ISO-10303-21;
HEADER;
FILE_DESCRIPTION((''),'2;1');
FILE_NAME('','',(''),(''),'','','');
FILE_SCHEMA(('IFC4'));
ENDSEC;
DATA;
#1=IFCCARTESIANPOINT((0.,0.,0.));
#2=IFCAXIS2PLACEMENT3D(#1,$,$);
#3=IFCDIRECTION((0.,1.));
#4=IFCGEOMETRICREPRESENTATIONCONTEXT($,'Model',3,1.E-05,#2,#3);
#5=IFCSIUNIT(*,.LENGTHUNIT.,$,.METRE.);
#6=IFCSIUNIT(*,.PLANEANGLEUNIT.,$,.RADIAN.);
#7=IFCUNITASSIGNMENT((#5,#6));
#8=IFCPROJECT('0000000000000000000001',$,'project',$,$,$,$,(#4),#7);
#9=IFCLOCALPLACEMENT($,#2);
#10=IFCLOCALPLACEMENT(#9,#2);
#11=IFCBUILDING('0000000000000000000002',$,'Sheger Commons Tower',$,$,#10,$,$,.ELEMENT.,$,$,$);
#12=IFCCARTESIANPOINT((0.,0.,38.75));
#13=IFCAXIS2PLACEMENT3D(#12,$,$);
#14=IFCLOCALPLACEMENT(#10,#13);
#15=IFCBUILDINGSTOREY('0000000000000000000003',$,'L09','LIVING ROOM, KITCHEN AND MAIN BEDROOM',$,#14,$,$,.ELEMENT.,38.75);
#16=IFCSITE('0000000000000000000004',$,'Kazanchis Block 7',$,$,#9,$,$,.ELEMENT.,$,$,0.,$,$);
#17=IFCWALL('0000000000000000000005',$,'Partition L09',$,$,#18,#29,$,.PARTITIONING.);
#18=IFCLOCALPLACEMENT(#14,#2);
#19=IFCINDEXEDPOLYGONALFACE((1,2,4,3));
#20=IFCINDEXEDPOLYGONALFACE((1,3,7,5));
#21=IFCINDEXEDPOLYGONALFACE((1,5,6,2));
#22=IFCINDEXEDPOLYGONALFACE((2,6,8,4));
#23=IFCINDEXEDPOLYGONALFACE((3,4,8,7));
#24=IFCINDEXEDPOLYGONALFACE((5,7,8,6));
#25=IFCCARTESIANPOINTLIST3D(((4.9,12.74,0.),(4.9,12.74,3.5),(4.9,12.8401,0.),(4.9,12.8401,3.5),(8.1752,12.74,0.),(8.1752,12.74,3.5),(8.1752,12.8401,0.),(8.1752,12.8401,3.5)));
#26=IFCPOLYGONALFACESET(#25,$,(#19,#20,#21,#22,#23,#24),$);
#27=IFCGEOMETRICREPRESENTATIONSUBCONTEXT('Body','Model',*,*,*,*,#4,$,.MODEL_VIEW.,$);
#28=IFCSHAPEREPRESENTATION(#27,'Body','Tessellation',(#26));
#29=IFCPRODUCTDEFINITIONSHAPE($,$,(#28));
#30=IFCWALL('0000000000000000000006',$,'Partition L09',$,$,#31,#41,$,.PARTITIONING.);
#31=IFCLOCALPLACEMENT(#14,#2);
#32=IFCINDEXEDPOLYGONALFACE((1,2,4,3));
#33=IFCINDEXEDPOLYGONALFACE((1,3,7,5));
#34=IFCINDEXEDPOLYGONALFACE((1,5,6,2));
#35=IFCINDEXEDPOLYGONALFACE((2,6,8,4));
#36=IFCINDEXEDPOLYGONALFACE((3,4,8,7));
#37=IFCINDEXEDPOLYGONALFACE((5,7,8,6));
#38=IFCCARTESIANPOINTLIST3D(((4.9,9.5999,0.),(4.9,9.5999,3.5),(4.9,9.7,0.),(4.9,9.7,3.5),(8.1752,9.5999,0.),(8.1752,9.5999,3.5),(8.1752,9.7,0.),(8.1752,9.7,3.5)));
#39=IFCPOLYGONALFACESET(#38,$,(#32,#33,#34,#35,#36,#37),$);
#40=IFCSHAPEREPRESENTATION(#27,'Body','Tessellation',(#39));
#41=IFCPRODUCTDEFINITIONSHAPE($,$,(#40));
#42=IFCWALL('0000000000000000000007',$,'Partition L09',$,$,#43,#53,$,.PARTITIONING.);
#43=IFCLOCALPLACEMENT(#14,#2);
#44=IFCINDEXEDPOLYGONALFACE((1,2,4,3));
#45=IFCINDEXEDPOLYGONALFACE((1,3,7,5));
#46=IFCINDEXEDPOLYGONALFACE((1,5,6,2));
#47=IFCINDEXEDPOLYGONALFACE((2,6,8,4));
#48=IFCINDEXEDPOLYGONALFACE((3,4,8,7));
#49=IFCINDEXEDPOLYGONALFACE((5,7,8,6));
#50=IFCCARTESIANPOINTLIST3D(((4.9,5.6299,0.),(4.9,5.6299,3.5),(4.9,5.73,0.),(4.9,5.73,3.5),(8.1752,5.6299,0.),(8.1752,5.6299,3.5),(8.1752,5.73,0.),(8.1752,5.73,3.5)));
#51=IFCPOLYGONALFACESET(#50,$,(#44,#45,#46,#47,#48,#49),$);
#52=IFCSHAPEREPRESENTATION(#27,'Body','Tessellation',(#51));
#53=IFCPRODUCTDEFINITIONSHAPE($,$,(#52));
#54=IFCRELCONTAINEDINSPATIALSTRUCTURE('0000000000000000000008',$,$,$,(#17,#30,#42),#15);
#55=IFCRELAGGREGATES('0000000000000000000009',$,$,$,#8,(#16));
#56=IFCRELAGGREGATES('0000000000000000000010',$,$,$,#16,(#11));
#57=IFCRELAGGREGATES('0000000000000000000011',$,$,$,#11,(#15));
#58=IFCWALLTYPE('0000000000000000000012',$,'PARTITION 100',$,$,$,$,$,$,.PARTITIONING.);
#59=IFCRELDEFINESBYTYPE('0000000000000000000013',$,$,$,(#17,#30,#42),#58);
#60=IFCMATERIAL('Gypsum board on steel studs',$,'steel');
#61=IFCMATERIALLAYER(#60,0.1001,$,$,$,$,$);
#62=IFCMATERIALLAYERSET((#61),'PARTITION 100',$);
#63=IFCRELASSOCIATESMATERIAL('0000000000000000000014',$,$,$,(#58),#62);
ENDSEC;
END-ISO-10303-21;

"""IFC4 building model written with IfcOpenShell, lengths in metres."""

from ifc_helpers import new_model, si_unit, direction, frame, frame_2d, origin, place, context, subcontext, project, spatial, rectangle, extrude, material, layer, layer_set, type_object, element, save


model = new_model("IFC4")

# Units and contexts
model_context = context("Model", 3, precision=1e-05, world=origin(), true_north=direction((0.0, 1.0)))
body_context = subcontext(model_context, "Body", "Model", "MODEL_VIEW")
ifc_project = project(units=[si_unit("LENGTHUNIT", "METRE"), si_unit("PLANEANGLEUNIT", "RADIAN")], contexts=[model_context])

# Site, building, storey
site_placement = place(None, origin())
site = spatial("IfcSite", under=ifc_project, at=site_placement, Name="Kazanchis Block 7", CompositionType="ELEMENT", RefElevation=0.0)
building_placement = place(site_placement, origin())
building = spatial("IfcBuilding", under=site, at=building_placement, Name="Sheger Commons Tower", CompositionType="ELEMENT")
storey_placement = place(building_placement, frame((0.0, 0.0, 38.75)))
storey = spatial("IfcBuildingStorey", under=building, at=storey_placement, Name="L09", Description="LIVING ROOM, KITCHEN AND MAIN BEDROOM", CompositionType="ELEMENT", Elevation=38.75)

# Shared definitions
ifc_material_1 = material(Name="Gypsum board on steel studs", Category="steel")
ifc_layer = layer(ifc_material_1, 0.1001)
ifc_layer_set = layer_set([ifc_layer], Name="PARTITION 100")
wall_type = type_object("IfcWallType", Name="PARTITION 100", PredefinedType="PARTITIONING", material=ifc_layer_set)

# Walls
for number, where, z_axis, x_axis, name in (
    (1, (4.8999, 12.79, 0.0), (0.0, 0.0, 1.0), (1.0, 0.0, 0.0), "Partition L09"),
    (2, (4.8999, 9.6499, 0.0), (0.0, 0.0, 1.0), (1.0, 0.0, 0.0), "Partition L09"),
    (3, (4.8999, 5.6799, 0.0), (0.0, 0.0, 1.0), (1.0, 0.0, 0.0), "Partition L09"),
):
    element("IfcWall", number, at=place(storey_placement, frame(where, z_axis=z_axis, x_axis=x_axis)), inside=storey, type_object=wall_type, Name=name, PredefinedType="PARTITIONING", context=body_context, shape_type="SweptSolid", body=[
        extrude(rectangle(XDim=3.2751, YDim=0.1001, at=frame_2d((1.6377, 0.0))), origin(), (0.0, 0.0, 1.0), 3.5),
    ])

save(model, "model.ifc")
